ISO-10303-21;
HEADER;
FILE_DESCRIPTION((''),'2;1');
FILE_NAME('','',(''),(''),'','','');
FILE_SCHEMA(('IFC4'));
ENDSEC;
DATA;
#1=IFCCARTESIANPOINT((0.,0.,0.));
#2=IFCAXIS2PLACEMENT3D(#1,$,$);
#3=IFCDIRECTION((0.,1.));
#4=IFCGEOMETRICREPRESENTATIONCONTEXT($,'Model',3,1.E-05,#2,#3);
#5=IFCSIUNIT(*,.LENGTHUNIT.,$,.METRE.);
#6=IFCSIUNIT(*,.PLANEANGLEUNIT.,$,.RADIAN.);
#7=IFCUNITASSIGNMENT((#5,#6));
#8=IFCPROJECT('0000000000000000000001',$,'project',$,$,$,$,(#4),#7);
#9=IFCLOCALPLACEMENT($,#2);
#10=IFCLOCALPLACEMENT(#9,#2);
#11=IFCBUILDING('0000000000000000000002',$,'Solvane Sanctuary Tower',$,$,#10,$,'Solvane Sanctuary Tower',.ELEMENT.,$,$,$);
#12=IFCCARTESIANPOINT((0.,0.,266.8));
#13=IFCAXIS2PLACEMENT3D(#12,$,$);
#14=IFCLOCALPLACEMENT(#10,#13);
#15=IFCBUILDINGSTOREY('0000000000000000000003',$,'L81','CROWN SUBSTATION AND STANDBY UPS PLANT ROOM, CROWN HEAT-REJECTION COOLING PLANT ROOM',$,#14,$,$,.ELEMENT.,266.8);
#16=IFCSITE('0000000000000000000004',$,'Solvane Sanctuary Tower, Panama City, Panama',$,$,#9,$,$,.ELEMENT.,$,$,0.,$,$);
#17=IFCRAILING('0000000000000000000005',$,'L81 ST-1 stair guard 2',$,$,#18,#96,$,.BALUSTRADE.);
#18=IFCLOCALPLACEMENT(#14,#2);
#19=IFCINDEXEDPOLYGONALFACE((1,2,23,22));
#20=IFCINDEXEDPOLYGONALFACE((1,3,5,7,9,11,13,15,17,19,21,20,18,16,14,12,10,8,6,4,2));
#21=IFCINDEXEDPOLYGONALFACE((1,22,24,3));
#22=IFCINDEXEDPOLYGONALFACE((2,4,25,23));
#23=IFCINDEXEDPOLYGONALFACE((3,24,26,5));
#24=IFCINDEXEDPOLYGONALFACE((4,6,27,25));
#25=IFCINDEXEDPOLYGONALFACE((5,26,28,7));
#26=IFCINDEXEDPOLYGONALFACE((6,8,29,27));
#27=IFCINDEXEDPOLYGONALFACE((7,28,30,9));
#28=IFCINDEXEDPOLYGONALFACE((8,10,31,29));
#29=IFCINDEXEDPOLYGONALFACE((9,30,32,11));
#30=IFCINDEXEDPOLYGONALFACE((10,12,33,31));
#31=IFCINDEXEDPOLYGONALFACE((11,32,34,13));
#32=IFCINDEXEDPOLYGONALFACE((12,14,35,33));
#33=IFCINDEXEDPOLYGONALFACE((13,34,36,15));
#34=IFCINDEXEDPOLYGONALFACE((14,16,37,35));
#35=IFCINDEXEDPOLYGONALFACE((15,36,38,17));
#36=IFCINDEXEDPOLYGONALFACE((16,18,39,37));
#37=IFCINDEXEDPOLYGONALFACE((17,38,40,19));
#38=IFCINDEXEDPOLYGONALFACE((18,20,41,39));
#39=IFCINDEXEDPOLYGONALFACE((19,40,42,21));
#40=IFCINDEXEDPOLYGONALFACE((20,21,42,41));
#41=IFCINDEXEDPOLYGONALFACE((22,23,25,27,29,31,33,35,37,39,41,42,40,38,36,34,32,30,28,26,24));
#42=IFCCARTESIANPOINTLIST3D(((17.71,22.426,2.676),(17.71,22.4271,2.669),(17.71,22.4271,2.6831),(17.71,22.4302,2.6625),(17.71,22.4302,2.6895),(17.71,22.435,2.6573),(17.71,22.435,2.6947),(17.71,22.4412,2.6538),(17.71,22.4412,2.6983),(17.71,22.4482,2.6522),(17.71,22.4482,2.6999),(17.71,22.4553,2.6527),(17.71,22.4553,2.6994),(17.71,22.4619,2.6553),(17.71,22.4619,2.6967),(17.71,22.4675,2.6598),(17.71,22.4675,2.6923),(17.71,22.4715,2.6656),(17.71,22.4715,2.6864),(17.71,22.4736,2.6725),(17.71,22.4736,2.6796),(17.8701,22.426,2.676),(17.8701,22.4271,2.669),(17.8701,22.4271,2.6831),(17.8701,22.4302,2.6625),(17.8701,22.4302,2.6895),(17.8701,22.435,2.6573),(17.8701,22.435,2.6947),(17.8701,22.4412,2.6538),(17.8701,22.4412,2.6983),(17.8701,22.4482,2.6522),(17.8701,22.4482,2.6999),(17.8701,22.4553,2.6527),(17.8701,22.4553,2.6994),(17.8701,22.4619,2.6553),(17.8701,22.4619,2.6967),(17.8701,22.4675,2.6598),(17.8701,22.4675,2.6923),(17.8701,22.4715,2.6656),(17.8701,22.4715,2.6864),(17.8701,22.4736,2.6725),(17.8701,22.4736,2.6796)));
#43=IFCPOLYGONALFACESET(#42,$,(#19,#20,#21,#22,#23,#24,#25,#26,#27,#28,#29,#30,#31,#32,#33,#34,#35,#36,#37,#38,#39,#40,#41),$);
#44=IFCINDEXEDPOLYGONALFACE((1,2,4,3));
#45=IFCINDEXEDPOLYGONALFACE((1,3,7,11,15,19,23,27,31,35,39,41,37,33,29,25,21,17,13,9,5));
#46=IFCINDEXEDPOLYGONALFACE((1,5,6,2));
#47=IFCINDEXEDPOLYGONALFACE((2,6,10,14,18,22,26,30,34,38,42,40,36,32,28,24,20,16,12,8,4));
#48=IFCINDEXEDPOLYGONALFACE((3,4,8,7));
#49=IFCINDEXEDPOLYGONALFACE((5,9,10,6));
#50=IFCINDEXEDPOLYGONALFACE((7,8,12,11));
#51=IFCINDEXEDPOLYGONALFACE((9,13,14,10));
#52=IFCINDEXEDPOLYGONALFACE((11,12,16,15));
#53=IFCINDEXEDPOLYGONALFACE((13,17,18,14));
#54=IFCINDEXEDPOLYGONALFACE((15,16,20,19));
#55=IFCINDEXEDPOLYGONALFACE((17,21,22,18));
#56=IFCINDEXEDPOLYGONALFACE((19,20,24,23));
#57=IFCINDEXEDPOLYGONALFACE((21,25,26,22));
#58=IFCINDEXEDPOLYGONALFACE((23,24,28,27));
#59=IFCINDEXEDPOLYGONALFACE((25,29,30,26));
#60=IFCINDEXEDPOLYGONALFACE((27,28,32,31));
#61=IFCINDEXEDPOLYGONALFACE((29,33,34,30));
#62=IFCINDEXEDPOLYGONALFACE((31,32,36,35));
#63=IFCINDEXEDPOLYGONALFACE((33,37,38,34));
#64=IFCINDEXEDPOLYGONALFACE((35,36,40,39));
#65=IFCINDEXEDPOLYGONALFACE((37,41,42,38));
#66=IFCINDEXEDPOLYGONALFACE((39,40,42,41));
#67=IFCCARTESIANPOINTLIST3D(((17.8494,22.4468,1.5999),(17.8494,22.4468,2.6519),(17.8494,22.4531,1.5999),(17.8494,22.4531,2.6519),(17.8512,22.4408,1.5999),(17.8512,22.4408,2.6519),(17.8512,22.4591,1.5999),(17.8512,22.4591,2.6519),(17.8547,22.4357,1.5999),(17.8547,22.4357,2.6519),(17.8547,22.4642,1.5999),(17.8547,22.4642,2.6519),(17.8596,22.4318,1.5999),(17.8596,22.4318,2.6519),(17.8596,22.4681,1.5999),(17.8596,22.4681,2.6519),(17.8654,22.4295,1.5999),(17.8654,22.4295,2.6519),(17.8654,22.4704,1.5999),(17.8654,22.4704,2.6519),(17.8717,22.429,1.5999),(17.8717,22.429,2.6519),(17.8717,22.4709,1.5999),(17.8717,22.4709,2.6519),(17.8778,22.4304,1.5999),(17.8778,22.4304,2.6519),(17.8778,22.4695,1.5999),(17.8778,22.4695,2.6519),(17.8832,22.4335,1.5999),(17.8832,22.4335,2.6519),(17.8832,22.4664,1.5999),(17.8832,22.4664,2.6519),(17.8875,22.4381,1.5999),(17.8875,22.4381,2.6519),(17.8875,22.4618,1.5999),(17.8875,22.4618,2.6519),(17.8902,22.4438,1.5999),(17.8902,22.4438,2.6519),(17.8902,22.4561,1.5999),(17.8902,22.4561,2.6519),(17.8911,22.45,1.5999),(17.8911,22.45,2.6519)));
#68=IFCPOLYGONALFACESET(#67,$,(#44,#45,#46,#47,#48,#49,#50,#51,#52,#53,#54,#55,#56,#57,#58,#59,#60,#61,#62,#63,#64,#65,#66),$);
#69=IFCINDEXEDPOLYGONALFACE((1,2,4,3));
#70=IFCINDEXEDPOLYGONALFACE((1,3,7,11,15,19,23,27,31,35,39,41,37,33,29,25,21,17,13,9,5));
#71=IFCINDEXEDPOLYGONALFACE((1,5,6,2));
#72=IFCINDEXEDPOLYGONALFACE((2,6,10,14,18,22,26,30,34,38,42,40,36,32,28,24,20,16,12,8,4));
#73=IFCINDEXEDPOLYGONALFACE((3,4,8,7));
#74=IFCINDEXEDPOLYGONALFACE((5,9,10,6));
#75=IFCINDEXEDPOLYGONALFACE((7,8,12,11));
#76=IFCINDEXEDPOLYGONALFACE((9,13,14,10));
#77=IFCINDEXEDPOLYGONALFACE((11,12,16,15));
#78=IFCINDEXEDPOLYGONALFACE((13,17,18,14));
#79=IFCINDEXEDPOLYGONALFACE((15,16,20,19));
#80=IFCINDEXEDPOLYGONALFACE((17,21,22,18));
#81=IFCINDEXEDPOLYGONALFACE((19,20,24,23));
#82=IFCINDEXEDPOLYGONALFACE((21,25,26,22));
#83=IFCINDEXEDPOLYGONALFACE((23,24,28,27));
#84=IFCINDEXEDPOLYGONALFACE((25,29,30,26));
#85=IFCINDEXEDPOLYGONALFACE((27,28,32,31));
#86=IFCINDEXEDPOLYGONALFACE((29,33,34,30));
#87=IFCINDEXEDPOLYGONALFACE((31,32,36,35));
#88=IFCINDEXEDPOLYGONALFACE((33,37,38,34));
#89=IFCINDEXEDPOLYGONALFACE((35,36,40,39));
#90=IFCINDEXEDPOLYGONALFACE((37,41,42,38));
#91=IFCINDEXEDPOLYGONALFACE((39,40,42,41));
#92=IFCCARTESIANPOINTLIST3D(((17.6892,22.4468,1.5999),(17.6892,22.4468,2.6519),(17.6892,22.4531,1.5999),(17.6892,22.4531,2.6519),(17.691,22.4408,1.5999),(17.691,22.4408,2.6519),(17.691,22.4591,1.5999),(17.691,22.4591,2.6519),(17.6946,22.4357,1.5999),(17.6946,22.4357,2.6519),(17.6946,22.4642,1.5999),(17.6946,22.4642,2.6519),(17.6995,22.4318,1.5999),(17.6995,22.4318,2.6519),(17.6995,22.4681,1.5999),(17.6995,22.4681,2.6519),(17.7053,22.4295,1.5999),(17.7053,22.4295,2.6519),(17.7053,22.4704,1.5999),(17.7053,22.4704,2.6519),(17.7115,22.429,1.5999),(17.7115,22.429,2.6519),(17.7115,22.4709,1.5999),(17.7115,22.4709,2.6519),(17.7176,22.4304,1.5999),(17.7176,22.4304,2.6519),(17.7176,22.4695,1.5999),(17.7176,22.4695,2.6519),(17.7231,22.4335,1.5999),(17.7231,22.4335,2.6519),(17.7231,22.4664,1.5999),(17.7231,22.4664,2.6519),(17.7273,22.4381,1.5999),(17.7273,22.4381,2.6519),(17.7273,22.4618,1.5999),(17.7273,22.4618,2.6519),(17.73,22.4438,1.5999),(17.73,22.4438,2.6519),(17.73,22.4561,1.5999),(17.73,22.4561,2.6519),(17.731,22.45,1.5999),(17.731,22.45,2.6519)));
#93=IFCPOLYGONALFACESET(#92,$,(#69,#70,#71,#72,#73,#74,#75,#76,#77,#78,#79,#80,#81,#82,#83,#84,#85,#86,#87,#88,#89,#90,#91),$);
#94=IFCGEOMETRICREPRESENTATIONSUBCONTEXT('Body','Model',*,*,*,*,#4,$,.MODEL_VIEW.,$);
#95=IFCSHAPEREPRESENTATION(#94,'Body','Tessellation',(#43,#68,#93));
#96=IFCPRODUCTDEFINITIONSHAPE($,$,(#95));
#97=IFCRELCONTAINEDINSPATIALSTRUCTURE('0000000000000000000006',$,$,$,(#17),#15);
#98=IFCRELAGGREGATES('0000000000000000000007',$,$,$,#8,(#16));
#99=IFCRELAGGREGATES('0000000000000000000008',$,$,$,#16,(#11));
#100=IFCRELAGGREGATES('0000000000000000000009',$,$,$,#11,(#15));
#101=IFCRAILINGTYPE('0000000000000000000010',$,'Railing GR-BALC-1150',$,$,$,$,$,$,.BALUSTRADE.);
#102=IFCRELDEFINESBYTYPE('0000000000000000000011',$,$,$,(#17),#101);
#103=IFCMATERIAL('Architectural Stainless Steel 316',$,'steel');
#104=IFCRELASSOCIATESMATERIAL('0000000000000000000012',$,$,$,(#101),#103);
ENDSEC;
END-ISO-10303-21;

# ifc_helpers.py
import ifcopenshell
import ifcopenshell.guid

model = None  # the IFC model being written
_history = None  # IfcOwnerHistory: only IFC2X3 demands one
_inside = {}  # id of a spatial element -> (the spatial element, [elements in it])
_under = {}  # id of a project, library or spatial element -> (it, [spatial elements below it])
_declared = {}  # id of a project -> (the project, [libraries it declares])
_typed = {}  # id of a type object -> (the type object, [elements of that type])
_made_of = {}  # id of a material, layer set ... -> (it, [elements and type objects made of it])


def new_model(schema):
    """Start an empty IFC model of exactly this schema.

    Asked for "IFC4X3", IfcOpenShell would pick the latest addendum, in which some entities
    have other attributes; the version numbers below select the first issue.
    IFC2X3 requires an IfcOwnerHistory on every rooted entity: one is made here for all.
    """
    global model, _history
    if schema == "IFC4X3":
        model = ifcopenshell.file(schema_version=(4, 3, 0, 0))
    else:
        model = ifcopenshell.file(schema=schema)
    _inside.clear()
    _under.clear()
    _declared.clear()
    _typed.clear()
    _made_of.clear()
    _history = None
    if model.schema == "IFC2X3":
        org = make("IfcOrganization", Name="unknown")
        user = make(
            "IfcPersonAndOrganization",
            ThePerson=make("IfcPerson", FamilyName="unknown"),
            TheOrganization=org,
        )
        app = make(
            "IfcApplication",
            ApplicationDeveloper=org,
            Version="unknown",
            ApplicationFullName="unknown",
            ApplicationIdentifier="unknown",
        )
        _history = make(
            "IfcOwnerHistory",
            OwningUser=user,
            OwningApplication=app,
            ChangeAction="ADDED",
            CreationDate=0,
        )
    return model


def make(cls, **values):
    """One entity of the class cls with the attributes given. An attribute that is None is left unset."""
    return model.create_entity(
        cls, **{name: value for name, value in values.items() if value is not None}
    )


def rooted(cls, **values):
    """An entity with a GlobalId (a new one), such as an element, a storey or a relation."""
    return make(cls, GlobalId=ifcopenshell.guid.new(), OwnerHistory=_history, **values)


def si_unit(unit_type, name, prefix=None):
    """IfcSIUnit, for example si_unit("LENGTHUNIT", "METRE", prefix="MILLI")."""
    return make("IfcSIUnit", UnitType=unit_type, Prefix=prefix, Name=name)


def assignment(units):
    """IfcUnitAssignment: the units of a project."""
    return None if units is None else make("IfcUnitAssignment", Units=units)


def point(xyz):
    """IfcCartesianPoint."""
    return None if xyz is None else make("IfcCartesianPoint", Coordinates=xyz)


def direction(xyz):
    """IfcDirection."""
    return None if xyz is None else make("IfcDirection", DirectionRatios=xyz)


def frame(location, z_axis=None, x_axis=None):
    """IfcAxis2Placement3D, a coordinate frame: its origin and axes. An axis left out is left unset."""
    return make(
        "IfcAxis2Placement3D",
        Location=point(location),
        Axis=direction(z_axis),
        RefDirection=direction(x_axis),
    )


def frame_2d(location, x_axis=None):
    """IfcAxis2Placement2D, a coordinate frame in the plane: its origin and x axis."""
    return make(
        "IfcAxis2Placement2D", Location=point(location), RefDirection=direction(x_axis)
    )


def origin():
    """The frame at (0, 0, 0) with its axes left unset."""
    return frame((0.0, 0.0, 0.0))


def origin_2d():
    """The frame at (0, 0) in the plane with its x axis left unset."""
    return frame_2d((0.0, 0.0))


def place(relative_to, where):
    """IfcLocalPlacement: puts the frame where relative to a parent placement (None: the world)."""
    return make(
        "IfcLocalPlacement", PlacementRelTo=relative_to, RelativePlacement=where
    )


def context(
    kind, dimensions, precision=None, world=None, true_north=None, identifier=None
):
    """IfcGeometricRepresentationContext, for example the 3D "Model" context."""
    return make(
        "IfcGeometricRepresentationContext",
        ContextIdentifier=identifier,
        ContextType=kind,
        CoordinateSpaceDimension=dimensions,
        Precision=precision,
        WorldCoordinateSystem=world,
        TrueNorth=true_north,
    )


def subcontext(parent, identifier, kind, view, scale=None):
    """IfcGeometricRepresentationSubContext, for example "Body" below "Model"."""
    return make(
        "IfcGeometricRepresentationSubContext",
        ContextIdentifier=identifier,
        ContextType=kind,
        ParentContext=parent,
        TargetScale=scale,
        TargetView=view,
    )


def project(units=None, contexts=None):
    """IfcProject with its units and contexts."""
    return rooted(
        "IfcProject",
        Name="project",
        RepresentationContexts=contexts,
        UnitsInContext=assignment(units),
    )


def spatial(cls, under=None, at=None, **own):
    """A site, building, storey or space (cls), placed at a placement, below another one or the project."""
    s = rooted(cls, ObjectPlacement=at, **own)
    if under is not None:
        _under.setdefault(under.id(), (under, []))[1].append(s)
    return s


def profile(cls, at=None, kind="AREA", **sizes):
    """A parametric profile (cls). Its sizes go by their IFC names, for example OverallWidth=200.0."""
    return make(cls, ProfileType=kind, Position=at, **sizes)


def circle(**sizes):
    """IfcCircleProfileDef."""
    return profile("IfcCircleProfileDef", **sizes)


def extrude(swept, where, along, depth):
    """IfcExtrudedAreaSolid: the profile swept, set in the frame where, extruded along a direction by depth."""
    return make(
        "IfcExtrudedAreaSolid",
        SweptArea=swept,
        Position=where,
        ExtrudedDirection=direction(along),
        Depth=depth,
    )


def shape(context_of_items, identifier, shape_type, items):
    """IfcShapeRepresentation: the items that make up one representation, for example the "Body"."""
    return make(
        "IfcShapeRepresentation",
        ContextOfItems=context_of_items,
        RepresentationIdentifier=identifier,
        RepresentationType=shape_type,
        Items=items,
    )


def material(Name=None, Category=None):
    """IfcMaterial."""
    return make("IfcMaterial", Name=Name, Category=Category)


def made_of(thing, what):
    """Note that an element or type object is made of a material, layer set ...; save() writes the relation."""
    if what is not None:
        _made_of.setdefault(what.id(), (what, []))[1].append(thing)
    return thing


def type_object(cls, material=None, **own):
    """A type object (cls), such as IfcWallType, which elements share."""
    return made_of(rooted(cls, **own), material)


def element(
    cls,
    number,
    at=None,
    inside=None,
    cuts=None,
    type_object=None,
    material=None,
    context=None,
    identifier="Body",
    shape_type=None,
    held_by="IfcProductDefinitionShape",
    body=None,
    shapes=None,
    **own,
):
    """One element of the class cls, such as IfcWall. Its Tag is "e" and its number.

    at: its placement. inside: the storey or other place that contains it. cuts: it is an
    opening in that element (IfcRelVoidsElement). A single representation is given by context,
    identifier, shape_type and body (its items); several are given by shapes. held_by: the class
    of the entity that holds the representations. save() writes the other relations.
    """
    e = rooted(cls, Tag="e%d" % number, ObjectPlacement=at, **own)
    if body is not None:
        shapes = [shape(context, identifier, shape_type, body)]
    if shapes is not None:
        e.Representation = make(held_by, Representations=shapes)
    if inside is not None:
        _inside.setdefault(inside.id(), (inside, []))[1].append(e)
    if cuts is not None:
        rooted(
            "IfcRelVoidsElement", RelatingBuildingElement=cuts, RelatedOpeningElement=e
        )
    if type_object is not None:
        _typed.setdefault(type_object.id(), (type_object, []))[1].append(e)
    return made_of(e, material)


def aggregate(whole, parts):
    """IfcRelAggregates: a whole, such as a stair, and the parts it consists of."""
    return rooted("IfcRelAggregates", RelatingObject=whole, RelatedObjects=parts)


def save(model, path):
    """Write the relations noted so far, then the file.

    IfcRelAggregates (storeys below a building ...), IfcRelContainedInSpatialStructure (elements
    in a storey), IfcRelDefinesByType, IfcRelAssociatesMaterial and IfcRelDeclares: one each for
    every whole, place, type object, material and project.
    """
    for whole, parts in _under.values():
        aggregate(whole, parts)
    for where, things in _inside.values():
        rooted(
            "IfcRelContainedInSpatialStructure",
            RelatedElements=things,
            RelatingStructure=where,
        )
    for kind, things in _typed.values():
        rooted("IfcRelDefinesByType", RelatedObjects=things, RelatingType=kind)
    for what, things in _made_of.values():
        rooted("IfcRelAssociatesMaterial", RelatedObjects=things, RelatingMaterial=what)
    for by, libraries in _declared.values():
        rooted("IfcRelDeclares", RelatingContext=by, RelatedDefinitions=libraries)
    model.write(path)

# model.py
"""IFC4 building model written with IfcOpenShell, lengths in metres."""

from ifc_helpers import new_model, si_unit, direction, frame, origin, origin_2d, place, context, subcontext, project, spatial, circle, extrude, material, type_object, element, save


model = new_model("IFC4")

# Units and contexts
model_context = context("Model", 3, precision=1e-05, world=origin(), true_north=direction((0.0, 1.0)))
body_context = subcontext(model_context, "Body", "Model", "MODEL_VIEW")
ifc_project = project(units=[si_unit("LENGTHUNIT", "METRE"), si_unit("PLANEANGLEUNIT", "RADIAN")], contexts=[model_context])

# Site, building, storey
site_placement = place(None, origin())
site = spatial("IfcSite", under=ifc_project, at=site_placement, Name="Solvane Sanctuary Tower, Panama City, Panama", CompositionType="ELEMENT", RefElevation=0.0)
building_placement = place(site_placement, origin())
building = spatial("IfcBuilding", under=site, at=building_placement, Name="Solvane Sanctuary Tower", LongName="Solvane Sanctuary Tower", CompositionType="ELEMENT")
storey_placement = place(building_placement, frame((0.0, 0.0, 266.8)))
storey = spatial("IfcBuildingStorey", under=building, at=storey_placement, Name="L81", Description="CROWN SUBSTATION AND STANDBY UPS PLANT ROOM, CROWN HEAT-REJECTION COOLING PLANT ROOM", CompositionType="ELEMENT", Elevation=266.8)

# Shared definitions
ifc_material_1 = material(Name="Architectural Stainless Steel 316", Category="steel")

# Railing
railing_type_1 = type_object("IfcRailingType", Name="Railing GR-BALC-1150", PredefinedType="BALUSTRADE", material=ifc_material_1)
railing_1_placement = place(storey_placement, frame((17.8701, 22.45, 1.5999)))
element("IfcRailing", 1, at=railing_1_placement, inside=storey, type_object=railing_type_1, Name="L81 ST-1 stair guard 2", PredefinedType="BALUSTRADE", context=body_context, shape_type="SweptSolid", body=[
    extrude(circle(Radius=0.0239, at=origin_2d()), frame((0.0, 0.0, 1.0762), z_axis=(-1.0, 0.0, 0.0), x_axis=(0.0, -1.0, 0.0)), (0.0, 0.0, 1.0), 0.1602),
    extrude(circle(Radius=0.021, at=origin_2d()), origin(), (0.0, 0.0, 1.0), 1.052),
    extrude(circle(Radius=0.021, at=origin_2d()), frame((-0.1602, 0.0, 0.0)), (0.0, 0.0, 1.0), 1.052),
])

save(model, "model.ifc")
